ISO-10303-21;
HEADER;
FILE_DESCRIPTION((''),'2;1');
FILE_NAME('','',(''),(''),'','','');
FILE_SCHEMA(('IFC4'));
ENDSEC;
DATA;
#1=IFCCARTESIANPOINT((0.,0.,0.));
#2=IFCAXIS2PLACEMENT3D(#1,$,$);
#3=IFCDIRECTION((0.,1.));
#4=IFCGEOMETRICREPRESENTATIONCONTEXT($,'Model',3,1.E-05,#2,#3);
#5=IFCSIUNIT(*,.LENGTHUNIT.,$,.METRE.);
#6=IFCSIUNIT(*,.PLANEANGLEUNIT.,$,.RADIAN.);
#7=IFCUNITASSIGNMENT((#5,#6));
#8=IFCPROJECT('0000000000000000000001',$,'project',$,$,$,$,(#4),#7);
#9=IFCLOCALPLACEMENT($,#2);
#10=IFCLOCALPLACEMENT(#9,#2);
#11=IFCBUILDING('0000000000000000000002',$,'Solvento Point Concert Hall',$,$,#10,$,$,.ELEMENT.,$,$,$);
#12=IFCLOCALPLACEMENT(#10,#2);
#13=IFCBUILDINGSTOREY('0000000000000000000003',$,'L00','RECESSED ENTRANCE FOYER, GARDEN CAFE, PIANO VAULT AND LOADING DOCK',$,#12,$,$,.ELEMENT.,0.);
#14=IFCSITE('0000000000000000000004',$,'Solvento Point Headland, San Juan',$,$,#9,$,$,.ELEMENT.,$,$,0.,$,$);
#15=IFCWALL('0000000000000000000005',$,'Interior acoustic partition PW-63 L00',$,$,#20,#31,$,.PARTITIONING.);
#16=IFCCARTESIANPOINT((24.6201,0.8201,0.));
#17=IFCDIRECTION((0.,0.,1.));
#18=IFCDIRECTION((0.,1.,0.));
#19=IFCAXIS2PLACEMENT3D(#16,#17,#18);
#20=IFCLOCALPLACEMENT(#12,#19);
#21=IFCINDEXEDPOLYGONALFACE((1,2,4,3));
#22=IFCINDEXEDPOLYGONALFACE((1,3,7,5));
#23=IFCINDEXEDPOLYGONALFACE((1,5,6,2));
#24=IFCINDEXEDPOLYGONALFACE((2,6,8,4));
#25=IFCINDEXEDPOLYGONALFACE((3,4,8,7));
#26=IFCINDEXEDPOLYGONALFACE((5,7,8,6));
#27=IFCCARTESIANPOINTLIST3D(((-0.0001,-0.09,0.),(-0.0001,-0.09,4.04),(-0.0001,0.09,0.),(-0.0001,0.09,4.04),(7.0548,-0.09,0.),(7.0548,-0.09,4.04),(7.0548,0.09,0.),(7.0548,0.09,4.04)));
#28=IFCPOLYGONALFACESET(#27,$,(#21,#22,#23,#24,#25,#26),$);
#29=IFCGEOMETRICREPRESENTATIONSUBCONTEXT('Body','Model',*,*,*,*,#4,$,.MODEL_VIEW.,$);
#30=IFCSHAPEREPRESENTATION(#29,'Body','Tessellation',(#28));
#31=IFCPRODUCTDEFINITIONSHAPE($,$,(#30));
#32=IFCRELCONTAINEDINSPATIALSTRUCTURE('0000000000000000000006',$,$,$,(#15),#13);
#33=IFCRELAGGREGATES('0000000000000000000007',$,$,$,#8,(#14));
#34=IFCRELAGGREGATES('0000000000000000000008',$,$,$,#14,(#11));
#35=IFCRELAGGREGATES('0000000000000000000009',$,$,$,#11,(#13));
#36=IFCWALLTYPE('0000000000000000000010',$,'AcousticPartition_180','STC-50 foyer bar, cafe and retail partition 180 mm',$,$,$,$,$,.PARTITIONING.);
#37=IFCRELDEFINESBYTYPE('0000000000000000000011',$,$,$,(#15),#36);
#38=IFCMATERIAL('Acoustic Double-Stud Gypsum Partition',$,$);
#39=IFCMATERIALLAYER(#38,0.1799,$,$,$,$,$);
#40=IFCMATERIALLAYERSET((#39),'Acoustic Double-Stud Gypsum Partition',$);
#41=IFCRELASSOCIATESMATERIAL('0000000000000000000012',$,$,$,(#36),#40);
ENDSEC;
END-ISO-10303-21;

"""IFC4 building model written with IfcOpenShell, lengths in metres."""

from ifc_helpers import new_model, si_unit, direction, frame, frame_2d, origin, place, context, subcontext, project, spatial, rectangle, extrude, material, layer, layer_set, type_object, element, save


model = new_model("IFC4")

# Units and contexts
model_context = context("Model", 3, precision=1e-05, world=origin(), true_north=direction((0.0, 1.0)))
body_context = subcontext(model_context, "Body", "Model", "MODEL_VIEW")
ifc_project = project(units=[si_unit("LENGTHUNIT", "METRE"), si_unit("PLANEANGLEUNIT", "RADIAN")], contexts=[model_context])

# Site, building, storey
site_placement = place(None, origin())
site = spatial("IfcSite", under=ifc_project, at=site_placement, Name="Solvento Point Headland, San Juan", CompositionType="ELEMENT", RefElevation=0.0)
building_placement = place(site_placement, origin())
building = spatial("IfcBuilding", under=site, at=building_placement, Name="Solvento Point Concert Hall", CompositionType="ELEMENT")
storey_placement = place(building_placement, origin())
storey = spatial("IfcBuildingStorey", under=building, at=storey_placement, Name="L00", Description="RECESSED ENTRANCE FOYER, GARDEN CAFE, PIANO VAULT AND LOADING DOCK", CompositionType="ELEMENT", Elevation=0.0)

# Shared definitions
ifc_material_1 = material(Name="Acoustic Double-Stud Gypsum Partition")
ifc_layer_1 = layer(ifc_material_1, 0.1799)
ifc_layer_set_1 = layer_set([ifc_layer_1], Name="Acoustic Double-Stud Gypsum Partition")
wall_type_1 = type_object("IfcWallType", Name="AcousticPartition_180", Description="STC-50 foyer bar, cafe and retail partition 180 mm", PredefinedType="PARTITIONING", material=ifc_layer_set_1)

# Wall
for number, where, z_axis, x_axis, name in (
    (1, (24.6201, 0.8201, 0.0), (0.0, 0.0, 1.0), (0.0, 1.0, 0.0), "Interior acoustic partition PW-63 L00"),
):
    element("IfcWall", number, at=place(storey_placement, frame(where, z_axis=z_axis, x_axis=x_axis)), inside=storey, type_object=wall_type_1, Name=name, PredefinedType="PARTITIONING", context=body_context, shape_type="SweptSolid", body=[
        extrude(rectangle(XDim=7.0549, YDim=0.1799, at=frame_2d((3.5273, 0.0))), origin(), (0.0, 0.0, 1.0), 4.04),
    ])

save(model, "model.ifc")
